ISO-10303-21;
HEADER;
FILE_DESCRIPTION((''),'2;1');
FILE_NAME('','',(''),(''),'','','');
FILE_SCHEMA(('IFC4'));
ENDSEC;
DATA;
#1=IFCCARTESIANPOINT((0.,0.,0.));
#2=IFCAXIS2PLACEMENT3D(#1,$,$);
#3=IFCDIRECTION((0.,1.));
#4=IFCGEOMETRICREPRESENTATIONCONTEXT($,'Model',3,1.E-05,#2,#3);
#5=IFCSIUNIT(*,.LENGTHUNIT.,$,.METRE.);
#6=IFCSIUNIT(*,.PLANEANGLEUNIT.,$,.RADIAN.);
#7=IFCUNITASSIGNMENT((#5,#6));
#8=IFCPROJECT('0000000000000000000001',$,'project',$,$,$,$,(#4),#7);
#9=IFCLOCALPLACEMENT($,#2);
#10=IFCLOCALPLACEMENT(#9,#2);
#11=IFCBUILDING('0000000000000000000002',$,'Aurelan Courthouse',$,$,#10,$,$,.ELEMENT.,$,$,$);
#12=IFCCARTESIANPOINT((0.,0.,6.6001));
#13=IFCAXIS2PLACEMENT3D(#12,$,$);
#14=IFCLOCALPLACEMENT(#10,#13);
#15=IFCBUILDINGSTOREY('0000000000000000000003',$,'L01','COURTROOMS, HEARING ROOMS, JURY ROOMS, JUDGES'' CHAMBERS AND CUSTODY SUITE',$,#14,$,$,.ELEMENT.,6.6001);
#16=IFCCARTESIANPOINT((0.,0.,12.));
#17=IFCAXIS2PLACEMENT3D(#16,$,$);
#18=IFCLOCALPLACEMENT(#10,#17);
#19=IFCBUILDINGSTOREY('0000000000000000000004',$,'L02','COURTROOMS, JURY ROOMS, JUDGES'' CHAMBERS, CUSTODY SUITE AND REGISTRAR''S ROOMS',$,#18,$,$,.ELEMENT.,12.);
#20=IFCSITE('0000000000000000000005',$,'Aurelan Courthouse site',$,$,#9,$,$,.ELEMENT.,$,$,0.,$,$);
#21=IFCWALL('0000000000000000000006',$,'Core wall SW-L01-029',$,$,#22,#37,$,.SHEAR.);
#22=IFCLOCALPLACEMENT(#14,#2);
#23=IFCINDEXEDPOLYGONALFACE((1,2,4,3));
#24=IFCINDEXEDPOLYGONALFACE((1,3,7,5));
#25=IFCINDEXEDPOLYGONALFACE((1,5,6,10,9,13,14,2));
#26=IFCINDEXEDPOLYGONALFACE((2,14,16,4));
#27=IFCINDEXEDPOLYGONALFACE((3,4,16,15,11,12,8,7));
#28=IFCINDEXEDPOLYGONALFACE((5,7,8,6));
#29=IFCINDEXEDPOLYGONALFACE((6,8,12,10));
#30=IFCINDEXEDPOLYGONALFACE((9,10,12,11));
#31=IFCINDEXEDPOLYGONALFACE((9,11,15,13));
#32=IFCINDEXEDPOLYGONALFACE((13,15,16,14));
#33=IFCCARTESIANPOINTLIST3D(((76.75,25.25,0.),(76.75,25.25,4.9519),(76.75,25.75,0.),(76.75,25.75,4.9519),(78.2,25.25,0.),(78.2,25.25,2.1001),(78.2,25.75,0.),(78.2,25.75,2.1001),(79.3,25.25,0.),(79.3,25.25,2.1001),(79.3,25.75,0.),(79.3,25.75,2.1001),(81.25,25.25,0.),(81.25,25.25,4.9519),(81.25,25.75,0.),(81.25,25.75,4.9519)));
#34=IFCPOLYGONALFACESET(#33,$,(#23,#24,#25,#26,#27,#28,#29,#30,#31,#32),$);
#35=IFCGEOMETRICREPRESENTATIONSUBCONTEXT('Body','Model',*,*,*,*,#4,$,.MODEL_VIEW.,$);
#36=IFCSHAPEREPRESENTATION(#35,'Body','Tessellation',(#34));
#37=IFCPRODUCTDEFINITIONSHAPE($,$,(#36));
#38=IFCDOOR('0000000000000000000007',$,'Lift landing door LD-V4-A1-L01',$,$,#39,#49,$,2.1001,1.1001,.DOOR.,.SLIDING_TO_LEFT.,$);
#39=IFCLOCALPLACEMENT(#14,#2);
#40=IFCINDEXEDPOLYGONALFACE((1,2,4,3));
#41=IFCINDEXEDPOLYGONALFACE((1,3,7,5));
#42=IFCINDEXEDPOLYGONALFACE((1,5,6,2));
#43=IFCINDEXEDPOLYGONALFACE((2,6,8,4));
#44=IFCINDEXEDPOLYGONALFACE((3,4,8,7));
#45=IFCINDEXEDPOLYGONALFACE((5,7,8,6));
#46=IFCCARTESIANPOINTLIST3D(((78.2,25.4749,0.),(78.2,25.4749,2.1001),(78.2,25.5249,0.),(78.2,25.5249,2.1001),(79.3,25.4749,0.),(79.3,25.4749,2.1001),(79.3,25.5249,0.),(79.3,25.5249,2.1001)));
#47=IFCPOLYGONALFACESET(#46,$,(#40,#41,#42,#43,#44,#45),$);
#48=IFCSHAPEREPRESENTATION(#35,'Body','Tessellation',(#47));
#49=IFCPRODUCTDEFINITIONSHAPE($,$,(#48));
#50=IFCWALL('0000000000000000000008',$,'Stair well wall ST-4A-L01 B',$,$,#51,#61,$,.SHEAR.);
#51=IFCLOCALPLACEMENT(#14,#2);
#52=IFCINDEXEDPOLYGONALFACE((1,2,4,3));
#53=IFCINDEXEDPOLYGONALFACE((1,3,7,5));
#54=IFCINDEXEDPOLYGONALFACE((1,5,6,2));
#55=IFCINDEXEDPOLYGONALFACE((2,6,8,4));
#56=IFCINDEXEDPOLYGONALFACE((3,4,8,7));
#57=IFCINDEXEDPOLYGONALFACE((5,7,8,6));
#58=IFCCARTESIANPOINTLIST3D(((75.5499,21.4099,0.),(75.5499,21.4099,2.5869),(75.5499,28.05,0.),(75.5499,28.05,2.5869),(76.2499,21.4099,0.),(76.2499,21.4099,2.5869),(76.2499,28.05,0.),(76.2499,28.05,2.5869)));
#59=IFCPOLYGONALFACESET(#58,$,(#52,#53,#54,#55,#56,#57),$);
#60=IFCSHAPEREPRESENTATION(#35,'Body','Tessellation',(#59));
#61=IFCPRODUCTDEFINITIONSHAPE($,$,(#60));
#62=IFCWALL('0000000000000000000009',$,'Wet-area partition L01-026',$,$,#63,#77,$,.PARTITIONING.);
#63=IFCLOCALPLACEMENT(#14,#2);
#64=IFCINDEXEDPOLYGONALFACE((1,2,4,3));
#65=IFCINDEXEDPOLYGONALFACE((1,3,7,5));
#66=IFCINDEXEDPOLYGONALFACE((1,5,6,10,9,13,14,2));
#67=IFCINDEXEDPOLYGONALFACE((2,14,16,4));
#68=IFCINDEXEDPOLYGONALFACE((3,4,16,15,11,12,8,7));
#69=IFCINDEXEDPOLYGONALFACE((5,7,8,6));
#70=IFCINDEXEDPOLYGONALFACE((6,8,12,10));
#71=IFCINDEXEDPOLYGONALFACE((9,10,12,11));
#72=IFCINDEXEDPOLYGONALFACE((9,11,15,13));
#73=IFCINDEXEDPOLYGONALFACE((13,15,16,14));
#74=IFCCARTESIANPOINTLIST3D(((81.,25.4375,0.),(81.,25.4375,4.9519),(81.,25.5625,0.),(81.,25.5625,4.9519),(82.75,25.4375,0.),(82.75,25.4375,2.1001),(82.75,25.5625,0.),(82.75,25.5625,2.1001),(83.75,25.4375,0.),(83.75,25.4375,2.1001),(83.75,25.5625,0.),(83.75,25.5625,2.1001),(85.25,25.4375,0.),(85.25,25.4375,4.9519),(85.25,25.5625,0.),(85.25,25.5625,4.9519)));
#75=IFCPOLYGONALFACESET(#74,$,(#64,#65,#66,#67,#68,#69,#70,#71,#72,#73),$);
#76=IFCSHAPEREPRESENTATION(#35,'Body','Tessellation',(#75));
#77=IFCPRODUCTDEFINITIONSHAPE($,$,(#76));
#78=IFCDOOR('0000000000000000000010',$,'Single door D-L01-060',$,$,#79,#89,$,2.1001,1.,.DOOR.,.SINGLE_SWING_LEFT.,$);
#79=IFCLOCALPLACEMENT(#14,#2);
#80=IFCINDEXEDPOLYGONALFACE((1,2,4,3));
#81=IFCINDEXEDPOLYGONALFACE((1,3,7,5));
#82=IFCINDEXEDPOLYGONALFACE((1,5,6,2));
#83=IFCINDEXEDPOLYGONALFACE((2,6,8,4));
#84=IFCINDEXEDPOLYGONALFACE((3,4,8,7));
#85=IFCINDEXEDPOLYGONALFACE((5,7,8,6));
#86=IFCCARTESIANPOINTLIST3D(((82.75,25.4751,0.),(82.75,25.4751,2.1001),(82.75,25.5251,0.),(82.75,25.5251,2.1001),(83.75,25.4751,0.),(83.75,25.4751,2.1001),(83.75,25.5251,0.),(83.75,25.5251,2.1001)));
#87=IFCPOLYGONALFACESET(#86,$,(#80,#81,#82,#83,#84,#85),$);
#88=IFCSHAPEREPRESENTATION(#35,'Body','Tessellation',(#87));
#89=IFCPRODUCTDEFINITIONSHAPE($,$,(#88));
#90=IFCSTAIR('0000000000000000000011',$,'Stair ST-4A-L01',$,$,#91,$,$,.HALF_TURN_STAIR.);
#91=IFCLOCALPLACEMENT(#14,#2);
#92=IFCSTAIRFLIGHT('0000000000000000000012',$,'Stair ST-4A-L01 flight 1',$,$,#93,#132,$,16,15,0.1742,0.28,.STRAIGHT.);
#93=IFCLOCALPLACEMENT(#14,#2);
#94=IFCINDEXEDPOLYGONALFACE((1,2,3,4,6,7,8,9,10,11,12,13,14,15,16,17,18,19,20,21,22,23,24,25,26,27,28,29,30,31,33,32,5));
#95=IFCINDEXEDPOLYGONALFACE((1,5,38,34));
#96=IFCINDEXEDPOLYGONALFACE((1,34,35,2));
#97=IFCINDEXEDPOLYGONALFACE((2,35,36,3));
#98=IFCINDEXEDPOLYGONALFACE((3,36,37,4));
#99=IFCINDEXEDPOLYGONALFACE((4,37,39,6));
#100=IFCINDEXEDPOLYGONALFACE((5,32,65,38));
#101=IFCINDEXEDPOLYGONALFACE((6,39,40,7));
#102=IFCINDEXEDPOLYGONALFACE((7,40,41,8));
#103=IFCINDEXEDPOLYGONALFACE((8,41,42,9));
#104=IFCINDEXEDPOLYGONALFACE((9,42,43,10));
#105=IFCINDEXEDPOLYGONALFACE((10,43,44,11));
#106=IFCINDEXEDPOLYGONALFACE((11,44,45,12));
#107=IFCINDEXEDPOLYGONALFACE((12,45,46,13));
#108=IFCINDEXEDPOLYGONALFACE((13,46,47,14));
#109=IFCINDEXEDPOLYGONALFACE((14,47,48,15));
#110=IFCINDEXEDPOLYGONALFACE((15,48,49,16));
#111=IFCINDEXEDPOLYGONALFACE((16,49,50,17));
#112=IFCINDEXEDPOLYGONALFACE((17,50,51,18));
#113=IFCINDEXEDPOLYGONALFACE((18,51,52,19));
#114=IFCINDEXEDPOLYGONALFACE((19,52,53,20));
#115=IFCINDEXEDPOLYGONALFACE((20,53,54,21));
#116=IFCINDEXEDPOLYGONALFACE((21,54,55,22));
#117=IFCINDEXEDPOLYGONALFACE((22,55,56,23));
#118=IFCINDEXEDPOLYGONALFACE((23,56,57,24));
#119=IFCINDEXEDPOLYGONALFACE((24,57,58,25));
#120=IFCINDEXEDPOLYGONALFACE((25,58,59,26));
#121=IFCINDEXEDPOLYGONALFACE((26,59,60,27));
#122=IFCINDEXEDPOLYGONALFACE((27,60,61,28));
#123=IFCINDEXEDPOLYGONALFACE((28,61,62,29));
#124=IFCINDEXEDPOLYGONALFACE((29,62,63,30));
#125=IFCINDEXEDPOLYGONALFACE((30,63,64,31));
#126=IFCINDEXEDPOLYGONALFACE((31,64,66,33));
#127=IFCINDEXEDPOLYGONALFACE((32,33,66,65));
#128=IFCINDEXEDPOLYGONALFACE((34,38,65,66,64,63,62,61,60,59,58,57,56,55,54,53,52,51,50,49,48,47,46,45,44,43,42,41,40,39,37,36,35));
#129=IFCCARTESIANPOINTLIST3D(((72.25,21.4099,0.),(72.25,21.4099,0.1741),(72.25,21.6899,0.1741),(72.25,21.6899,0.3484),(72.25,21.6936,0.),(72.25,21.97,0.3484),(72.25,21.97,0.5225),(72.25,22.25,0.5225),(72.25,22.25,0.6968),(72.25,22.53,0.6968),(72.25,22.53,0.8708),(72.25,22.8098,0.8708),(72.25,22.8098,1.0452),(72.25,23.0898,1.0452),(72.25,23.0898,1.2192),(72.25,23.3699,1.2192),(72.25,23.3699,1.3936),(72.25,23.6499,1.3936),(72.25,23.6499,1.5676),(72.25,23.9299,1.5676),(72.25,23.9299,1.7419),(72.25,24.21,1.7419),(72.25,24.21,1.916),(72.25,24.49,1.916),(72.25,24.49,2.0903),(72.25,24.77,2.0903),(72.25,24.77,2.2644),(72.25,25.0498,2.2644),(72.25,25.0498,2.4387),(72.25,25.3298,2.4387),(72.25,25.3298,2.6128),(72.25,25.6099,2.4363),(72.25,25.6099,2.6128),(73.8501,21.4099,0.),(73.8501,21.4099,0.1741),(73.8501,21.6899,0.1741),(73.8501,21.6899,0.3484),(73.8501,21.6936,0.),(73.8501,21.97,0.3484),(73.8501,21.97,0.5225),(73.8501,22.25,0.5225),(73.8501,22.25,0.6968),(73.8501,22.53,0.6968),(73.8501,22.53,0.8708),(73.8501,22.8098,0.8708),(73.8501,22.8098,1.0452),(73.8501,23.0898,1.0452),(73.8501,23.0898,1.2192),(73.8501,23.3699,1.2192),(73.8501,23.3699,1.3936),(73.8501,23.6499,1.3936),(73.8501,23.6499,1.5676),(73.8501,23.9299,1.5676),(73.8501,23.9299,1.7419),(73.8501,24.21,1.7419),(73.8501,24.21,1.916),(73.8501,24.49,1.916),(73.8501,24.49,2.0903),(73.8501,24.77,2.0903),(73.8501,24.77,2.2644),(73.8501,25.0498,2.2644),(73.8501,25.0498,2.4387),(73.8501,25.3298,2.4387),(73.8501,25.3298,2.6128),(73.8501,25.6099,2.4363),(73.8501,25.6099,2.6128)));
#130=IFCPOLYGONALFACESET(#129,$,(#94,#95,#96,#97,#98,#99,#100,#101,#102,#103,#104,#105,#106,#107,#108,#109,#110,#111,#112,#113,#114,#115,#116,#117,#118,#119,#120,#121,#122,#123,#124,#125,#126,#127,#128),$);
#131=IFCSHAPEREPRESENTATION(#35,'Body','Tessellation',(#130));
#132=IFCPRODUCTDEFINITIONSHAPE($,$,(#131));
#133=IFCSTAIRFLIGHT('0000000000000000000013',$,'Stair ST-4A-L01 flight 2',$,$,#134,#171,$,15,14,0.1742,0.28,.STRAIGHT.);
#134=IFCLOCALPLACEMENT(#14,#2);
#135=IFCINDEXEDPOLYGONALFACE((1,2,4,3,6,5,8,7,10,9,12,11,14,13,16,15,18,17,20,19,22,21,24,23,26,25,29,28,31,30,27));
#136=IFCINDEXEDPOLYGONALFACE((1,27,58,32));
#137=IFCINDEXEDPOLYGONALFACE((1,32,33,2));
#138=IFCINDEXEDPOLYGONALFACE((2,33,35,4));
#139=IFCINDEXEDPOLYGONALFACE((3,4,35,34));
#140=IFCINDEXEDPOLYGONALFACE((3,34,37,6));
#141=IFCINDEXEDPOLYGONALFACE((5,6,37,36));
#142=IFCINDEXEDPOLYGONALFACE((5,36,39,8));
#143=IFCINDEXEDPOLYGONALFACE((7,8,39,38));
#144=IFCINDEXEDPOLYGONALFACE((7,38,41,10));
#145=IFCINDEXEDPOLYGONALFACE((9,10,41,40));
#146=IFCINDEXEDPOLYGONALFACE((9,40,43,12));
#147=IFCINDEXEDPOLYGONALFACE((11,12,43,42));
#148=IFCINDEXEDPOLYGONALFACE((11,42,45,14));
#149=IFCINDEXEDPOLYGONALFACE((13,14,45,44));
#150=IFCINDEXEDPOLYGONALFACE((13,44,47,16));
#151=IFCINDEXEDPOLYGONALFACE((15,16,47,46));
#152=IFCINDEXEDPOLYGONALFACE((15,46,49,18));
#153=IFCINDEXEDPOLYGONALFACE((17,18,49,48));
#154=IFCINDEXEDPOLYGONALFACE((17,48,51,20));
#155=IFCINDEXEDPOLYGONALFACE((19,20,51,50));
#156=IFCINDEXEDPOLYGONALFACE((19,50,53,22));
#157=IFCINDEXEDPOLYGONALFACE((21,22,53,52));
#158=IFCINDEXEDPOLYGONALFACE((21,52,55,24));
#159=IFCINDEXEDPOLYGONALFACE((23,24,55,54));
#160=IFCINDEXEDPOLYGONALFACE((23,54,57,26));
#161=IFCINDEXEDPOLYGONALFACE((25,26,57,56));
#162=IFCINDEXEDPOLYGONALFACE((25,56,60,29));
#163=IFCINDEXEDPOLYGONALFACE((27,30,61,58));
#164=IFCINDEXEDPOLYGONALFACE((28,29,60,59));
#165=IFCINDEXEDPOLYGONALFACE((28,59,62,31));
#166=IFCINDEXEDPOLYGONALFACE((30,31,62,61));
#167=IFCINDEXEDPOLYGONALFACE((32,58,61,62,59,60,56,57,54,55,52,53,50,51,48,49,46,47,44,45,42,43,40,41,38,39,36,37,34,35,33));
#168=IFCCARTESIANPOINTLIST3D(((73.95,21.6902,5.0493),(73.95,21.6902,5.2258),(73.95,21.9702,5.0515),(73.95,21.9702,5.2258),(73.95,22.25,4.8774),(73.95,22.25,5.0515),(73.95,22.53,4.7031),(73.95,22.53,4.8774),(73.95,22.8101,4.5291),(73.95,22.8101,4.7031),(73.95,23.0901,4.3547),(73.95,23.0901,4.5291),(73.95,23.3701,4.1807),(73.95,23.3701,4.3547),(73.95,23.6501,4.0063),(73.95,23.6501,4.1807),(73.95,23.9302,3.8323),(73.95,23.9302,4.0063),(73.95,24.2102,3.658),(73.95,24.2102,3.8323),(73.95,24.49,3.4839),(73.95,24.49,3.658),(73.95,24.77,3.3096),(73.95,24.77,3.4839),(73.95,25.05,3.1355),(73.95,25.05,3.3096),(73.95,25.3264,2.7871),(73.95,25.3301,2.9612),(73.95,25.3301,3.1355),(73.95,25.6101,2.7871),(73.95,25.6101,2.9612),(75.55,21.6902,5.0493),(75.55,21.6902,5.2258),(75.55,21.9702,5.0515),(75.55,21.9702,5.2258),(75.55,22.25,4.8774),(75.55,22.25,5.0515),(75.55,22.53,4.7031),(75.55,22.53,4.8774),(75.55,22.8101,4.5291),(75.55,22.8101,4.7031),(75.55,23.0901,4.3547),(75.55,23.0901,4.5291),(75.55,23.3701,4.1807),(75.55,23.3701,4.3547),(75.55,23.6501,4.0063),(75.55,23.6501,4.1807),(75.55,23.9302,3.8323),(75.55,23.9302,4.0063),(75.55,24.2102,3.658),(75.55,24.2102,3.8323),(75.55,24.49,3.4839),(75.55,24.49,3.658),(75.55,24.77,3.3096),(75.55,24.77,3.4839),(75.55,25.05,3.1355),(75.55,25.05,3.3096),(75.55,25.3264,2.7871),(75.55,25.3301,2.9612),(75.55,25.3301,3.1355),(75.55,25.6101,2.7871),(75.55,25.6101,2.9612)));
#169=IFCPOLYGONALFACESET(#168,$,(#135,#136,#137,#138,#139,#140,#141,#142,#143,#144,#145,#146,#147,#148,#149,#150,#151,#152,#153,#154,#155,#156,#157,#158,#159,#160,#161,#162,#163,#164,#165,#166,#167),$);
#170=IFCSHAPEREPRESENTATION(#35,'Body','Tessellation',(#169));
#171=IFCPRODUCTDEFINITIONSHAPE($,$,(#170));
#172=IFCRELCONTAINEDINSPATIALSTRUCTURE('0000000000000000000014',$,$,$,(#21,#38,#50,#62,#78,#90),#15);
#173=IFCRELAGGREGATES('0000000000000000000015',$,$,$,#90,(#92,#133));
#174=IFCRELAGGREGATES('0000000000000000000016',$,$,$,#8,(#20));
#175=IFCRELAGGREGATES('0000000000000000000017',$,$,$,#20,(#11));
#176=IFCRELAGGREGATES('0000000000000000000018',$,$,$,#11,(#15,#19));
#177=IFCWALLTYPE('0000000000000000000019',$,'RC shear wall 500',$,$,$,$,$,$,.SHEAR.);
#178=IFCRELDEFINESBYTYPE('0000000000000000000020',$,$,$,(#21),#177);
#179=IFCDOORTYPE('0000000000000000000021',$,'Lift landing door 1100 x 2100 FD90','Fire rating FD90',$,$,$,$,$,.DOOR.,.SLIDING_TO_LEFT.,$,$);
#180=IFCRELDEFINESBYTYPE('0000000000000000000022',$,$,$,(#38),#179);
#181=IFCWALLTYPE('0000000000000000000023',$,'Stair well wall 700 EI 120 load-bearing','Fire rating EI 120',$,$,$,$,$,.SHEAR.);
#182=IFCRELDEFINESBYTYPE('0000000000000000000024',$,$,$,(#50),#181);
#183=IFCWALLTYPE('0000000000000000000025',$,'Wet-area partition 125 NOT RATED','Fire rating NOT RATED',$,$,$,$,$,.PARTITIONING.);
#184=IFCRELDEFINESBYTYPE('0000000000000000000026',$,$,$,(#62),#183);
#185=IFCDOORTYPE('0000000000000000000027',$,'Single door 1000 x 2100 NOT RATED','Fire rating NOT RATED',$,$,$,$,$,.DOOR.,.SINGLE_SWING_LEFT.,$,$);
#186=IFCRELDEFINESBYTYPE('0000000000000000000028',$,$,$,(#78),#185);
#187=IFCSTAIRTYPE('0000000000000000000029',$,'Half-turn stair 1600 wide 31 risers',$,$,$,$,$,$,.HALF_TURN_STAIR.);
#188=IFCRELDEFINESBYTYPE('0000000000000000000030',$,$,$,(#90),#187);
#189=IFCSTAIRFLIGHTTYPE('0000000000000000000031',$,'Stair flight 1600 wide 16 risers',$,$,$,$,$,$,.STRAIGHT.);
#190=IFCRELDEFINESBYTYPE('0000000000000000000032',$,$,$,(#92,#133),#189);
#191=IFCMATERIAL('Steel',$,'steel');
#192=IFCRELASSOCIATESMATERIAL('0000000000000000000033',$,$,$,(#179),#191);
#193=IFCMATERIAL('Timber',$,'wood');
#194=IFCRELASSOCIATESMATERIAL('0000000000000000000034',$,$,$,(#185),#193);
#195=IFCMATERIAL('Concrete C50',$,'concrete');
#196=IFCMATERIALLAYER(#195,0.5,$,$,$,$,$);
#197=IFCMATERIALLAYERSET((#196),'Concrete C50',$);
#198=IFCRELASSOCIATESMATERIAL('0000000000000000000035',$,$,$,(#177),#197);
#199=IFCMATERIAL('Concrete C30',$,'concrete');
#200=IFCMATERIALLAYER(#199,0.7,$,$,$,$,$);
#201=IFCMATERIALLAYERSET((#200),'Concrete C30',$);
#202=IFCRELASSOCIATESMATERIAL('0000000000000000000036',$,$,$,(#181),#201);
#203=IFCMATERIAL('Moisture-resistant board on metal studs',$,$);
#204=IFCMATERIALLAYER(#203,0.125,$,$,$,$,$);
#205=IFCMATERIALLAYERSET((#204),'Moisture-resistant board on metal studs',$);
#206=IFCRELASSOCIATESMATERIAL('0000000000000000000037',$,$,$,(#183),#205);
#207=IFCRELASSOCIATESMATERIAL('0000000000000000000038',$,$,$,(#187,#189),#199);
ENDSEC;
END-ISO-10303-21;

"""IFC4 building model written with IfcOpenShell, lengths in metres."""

from ifc_helpers import new_model, si_unit, direction, frame, frame_2d, origin, place, context, subcontext, project, spatial, polyline, rectangle, outline, extrude, material, layer, layer_set, type_object, element, fill, aggregate, save


model = new_model("IFC4")

# Units and contexts
model_context = context("Model", 3, precision=1e-05, world=origin(), true_north=direction((0.0, 1.0)))
body_context = subcontext(model_context, "Body", "Model", "MODEL_VIEW")
ifc_project = project(units=[si_unit("LENGTHUNIT", "METRE"), si_unit("PLANEANGLEUNIT", "RADIAN")], contexts=[model_context])

# Site, building, storey
site_placement = place(None, origin())
site = spatial("IfcSite", under=ifc_project, at=site_placement, Name="Aurelan Courthouse site", CompositionType="ELEMENT", RefElevation=0.0)
building_placement = place(site_placement, origin())
building = spatial("IfcBuilding", under=site, at=building_placement, Name="Aurelan Courthouse", CompositionType="ELEMENT")
storey_1_placement = place(building_placement, frame((0.0, 0.0, 6.6001)))
storey_1 = spatial("IfcBuildingStorey", under=building, at=storey_1_placement, Name="L01", Description="COURTROOMS, HEARING ROOMS, JURY ROOMS, JUDGES' CHAMBERS AND CUSTODY SUITE", CompositionType="ELEMENT", Elevation=6.6001)

# Shared definitions
ifc_material_1 = material(Name="Concrete C50", Category="concrete")

# Shared definitions
storey_2_placement = place(building_placement, frame((0.0, 0.0, 12.0)))
storey_2 = spatial("IfcBuildingStorey", under=building, at=storey_2_placement, Name="L02", Description="COURTROOMS, JURY ROOMS, JUDGES' CHAMBERS, CUSTODY SUITE AND REGISTRAR'S ROOMS", CompositionType="ELEMENT", Elevation=12.0)

# Shared definitions
ifc_material_2 = material(Name="Steel", Category="steel")
door_type_1 = type_object("IfcDoorType", Name="Lift landing door 1100 x 2100 FD90", Description="Fire rating FD90", OperationType="SLIDING_TO_LEFT", PredefinedType="DOOR", material=ifc_material_2)

# Wall, opening, door
ifc_material_3 = material(Name="Timber", Category="wood")
door_type_2 = type_object("IfcDoorType", Name="Single door 1000 x 2100 NOT RATED", Description="Fire rating NOT RATED", OperationType="SINGLE_SWING_LEFT", PredefinedType="DOOR", material=ifc_material_3)
ifc_layer_1 = layer(ifc_material_1, 0.5)
ifc_layer_set_1 = layer_set([ifc_layer_1], Name="Concrete C50")
wall_type_1 = type_object("IfcWallType", Name="RC shear wall 500", PredefinedType="SHEAR", material=ifc_layer_set_1)
wall_1_placement = place(storey_1_placement, frame((76.75, 25.5, 0.0), z_axis=(0.0, 0.0, 1.0), x_axis=(1.0, 0.0, 0.0)))
wall_1 = element("IfcWall", 1, at=wall_1_placement, inside=storey_1, type_object=wall_type_1, Name="Core wall SW-L01-029", PredefinedType="SHEAR", context=body_context, shape_type="SweptSolid", body=[
    extrude(rectangle(XDim=4.5, YDim=0.5, at=frame_2d((2.25, 0.0))), origin(), (0.0, 0.0, 1.0), 4.9519),
])
opening_1_placement = place(wall_1_placement, frame((1.45, 0.0, 0.0)))
opening_1 = element("IfcOpeningElement", 2, at=opening_1_placement, cuts=wall_1, PredefinedType="OPENING", context=body_context, shape_type="SweptSolid", body=[
    extrude(rectangle(XDim=1.1001, YDim=2.1001, at=frame_2d((0.55, 1.05))), frame((0.0, 0.26, 0.0), z_axis=(0.0, -1.0, 0.0), x_axis=(1.0, 0.0, 0.0)), (0.0, 0.0, 1.0), 0.52),
])
door_1_placement = place(opening_1_placement, origin())
door_1 = element("IfcDoor", 3, at=door_1_placement, inside=storey_1, type_object=door_type_1, Name="Lift landing door LD-V4-A1-L01", OperationType="SLIDING_TO_LEFT", OverallHeight=2.1001, OverallWidth=1.1001, PredefinedType="DOOR", context=body_context, shape_type="SweptSolid", body=[
    extrude(rectangle(XDim=1.1001, YDim=2.1001, at=frame_2d((0.55, 1.05))), frame((0.0, 0.0249, 0.0), z_axis=(0.0, -1.0, 0.0), x_axis=(1.0, 0.0, 0.0)), (0.0, 0.0, 1.0), 0.05),
])
fill(opening_1, door_1)

# Wall
ifc_material_4 = material(Name="Concrete C30", Category="concrete")
ifc_layer_2 = layer(ifc_material_4, 0.7)
ifc_layer_set_2 = layer_set([ifc_layer_2], Name="Concrete C30")
wall_type_2 = type_object("IfcWallType", Name="Stair well wall 700 EI 120 load-bearing", Description="Fire rating EI 120", PredefinedType="SHEAR", material=ifc_layer_set_2)
wall_2_placement = place(storey_1_placement, frame((75.8999, 21.4099, 0.0), z_axis=(0.0, 0.0, 1.0), x_axis=(0.0, 1.0, 0.0)))
element("IfcWall", 4, at=wall_2_placement, inside=storey_1, type_object=wall_type_2, Name="Stair well wall ST-4A-L01 B", PredefinedType="SHEAR", context=body_context, shape_type="SweptSolid", body=[
    extrude(rectangle(XDim=6.6401, YDim=0.7, at=frame_2d((3.3201, 0.0))), origin(), (0.0, 0.0, 1.0), 2.5869),
])

# Wall, opening, door
ifc_material_5 = material(Name="Moisture-resistant board on metal studs")
ifc_layer_3 = layer(ifc_material_5, 0.125)
ifc_layer_set_3 = layer_set([ifc_layer_3], Name="Moisture-resistant board on metal studs")
wall_type_3 = type_object("IfcWallType", Name="Wet-area partition 125 NOT RATED", Description="Fire rating NOT RATED", PredefinedType="PARTITIONING", material=ifc_layer_set_3)
wall_3_placement = place(storey_1_placement, frame((81.0, 25.5, 0.0), z_axis=(0.0, 0.0, 1.0), x_axis=(1.0, 0.0, 0.0)))
wall_3 = element("IfcWall", 5, at=wall_3_placement, inside=storey_1, type_object=wall_type_3, Name="Wet-area partition L01-026", PredefinedType="PARTITIONING", context=body_context, shape_type="SweptSolid", body=[
    extrude(rectangle(XDim=4.25, YDim=0.125, at=frame_2d((2.125, 0.0))), origin(), (0.0, 0.0, 1.0), 4.9519),
])
opening_2_placement = place(wall_3_placement, frame((2.75, 0.0, 0.0), z_axis=(0.0, 0.0, 1.0), x_axis=(-1.0, 0.0, 0.0)))
opening_2 = element("IfcOpeningElement", 6, at=opening_2_placement, cuts=wall_3, PredefinedType="OPENING", context=body_context, shape_type="SweptSolid", body=[
    extrude(rectangle(XDim=1.0, YDim=2.1001, at=frame_2d((0.5, 1.05))), frame((0.0, 0.0725, 0.0), z_axis=(0.0, -1.0, 0.0), x_axis=(1.0, 0.0, 0.0)), (0.0, 0.0, 1.0), 0.145),
])
door_2_placement = place(opening_2_placement, origin())
door_2 = element("IfcDoor", 7, at=door_2_placement, inside=storey_1, type_object=door_type_2, Name="Single door D-L01-060", OperationType="SINGLE_SWING_LEFT", OverallHeight=2.1001, OverallWidth=1.0, PredefinedType="DOOR", context=body_context, shape_type="SweptSolid", body=[
    extrude(rectangle(XDim=1.0, YDim=2.1001, at=frame_2d((0.5, 1.05))), frame((0.0, 0.0249, 0.0), z_axis=(0.0, -1.0, 0.0), x_axis=(1.0, 0.0, 0.0)), (0.0, 0.0, 1.0), 0.05),
])
fill(opening_2, door_2)

# Stair, stair flights
stair_type = type_object("IfcStairType", Name="Half-turn stair 1600 wide 31 risers", PredefinedType="HALF_TURN_STAIR", material=ifc_material_4)
stair_placement = place(storey_1_placement, origin())
stair = element("IfcStair", 8, at=stair_placement, inside=storey_1, type_object=stair_type, Name="Stair ST-4A-L01", PredefinedType="HALF_TURN_STAIR")
stair_flight_type = type_object("IfcStairFlightType", Name="Stair flight 1600 wide 16 risers", PredefinedType="STRAIGHT", material=ifc_material_4)
stair_flight_1_placement = place(storey_1_placement, frame((73.05, 21.4099, 0.0), z_axis=(0.0, 0.0, 1.0), x_axis=(0.0, 1.0, 0.0)))
stair_flight_1 = element("IfcStairFlight", 9, at=stair_flight_1_placement, type_object=stair_flight_type, Name="Stair ST-4A-L01 flight 1", NumberOfRisers=16, NumberOfTreads=15, PredefinedType="STRAIGHT", RiserHeight=0.1742, TreadLength=0.28, context=body_context, shape_type="SweptSolid", body=[
    extrude(outline(polyline([(0.0, 0.0), (0.0, 0.1741), (0.28, 0.1741), (0.28, 0.3484), (0.5601, 0.3484), (0.5601, 0.5225), (0.8401, 0.5225), (0.8401, 0.6968), (1.1201, 0.6968), (1.1201, 0.8708), (1.3999, 0.8708), (1.3999, 1.0452), (1.6799, 1.0452), (1.6799, 1.2192), (1.96, 1.2192), (1.96, 1.3936), (2.24, 1.3936), (2.24, 1.5676), (2.52, 1.5676), (2.52, 1.7419), (2.8, 1.7419), (2.8, 1.916), (3.0801, 1.916), (3.0801, 2.0903), (3.3601, 2.0903), (3.3601, 2.2644), (3.6399, 2.2644), (3.6399, 2.4387), (3.9199, 2.4387), (3.9199, 2.6128), (4.2, 2.6128), (4.2, 2.7871), (4.2, 2.4363), (0.2837, 0.0), (0.0, 0.0)])), frame((0.0, 0.8, 0.0), z_axis=(0.0, -1.0, 0.0), x_axis=(1.0, 0.0, 0.0)), (0.0, 0.0, 1.0), 1.6001),
])
stair_flight_2_placement = place(storey_1_placement, frame((74.75, 25.6101, 2.7871), z_axis=(0.0, 0.0, 1.0), x_axis=(0.0, -1.0, 0.0)))
stair_flight_2 = element("IfcStairFlight", 10, at=stair_flight_2_placement, type_object=stair_flight_type, Name="Stair ST-4A-L01 flight 2", NumberOfRisers=15, NumberOfTreads=14, PredefinedType="STRAIGHT", RiserHeight=0.1742, TreadLength=0.28, context=body_context, shape_type="SweptSolid", body=[
    extrude(outline(polyline([(0.0, 0.0), (0.0, 0.1741), (0.28, 0.1741), (0.28, 0.3484), (0.5601, 0.3484), (0.5601, 0.5225), (0.8401, 0.5225), (0.8401, 0.6968), (1.1201, 0.6968), (1.1201, 0.8708), (1.3999, 0.8708), (1.3999, 1.0452), (1.6799, 1.0452), (1.6799, 1.2192), (1.96, 1.2192), (1.96, 1.3936), (2.24, 1.3936), (2.24, 1.5676), (2.52, 1.5676), (2.52, 1.7419), (2.8, 1.7419), (2.8, 1.916), (3.0801, 1.916), (3.0801, 2.0903), (3.3601, 2.0903), (3.3601, 2.2644), (3.6399, 2.2644), (3.6399, 2.4387), (3.9199, 2.4387), (3.9199, 2.6128), (3.9199, 2.2622), (0.2837, 0.0), (0.0, 0.0)])), frame((0.0, 0.8, 0.0), z_axis=(0.0, -1.0, 0.0), x_axis=(1.0, 0.0, 0.0)), (0.0, 0.0, 1.0), 1.6001),
])
aggregate(stair, [stair_flight_1, stair_flight_2])

save(model, "model.ifc")
